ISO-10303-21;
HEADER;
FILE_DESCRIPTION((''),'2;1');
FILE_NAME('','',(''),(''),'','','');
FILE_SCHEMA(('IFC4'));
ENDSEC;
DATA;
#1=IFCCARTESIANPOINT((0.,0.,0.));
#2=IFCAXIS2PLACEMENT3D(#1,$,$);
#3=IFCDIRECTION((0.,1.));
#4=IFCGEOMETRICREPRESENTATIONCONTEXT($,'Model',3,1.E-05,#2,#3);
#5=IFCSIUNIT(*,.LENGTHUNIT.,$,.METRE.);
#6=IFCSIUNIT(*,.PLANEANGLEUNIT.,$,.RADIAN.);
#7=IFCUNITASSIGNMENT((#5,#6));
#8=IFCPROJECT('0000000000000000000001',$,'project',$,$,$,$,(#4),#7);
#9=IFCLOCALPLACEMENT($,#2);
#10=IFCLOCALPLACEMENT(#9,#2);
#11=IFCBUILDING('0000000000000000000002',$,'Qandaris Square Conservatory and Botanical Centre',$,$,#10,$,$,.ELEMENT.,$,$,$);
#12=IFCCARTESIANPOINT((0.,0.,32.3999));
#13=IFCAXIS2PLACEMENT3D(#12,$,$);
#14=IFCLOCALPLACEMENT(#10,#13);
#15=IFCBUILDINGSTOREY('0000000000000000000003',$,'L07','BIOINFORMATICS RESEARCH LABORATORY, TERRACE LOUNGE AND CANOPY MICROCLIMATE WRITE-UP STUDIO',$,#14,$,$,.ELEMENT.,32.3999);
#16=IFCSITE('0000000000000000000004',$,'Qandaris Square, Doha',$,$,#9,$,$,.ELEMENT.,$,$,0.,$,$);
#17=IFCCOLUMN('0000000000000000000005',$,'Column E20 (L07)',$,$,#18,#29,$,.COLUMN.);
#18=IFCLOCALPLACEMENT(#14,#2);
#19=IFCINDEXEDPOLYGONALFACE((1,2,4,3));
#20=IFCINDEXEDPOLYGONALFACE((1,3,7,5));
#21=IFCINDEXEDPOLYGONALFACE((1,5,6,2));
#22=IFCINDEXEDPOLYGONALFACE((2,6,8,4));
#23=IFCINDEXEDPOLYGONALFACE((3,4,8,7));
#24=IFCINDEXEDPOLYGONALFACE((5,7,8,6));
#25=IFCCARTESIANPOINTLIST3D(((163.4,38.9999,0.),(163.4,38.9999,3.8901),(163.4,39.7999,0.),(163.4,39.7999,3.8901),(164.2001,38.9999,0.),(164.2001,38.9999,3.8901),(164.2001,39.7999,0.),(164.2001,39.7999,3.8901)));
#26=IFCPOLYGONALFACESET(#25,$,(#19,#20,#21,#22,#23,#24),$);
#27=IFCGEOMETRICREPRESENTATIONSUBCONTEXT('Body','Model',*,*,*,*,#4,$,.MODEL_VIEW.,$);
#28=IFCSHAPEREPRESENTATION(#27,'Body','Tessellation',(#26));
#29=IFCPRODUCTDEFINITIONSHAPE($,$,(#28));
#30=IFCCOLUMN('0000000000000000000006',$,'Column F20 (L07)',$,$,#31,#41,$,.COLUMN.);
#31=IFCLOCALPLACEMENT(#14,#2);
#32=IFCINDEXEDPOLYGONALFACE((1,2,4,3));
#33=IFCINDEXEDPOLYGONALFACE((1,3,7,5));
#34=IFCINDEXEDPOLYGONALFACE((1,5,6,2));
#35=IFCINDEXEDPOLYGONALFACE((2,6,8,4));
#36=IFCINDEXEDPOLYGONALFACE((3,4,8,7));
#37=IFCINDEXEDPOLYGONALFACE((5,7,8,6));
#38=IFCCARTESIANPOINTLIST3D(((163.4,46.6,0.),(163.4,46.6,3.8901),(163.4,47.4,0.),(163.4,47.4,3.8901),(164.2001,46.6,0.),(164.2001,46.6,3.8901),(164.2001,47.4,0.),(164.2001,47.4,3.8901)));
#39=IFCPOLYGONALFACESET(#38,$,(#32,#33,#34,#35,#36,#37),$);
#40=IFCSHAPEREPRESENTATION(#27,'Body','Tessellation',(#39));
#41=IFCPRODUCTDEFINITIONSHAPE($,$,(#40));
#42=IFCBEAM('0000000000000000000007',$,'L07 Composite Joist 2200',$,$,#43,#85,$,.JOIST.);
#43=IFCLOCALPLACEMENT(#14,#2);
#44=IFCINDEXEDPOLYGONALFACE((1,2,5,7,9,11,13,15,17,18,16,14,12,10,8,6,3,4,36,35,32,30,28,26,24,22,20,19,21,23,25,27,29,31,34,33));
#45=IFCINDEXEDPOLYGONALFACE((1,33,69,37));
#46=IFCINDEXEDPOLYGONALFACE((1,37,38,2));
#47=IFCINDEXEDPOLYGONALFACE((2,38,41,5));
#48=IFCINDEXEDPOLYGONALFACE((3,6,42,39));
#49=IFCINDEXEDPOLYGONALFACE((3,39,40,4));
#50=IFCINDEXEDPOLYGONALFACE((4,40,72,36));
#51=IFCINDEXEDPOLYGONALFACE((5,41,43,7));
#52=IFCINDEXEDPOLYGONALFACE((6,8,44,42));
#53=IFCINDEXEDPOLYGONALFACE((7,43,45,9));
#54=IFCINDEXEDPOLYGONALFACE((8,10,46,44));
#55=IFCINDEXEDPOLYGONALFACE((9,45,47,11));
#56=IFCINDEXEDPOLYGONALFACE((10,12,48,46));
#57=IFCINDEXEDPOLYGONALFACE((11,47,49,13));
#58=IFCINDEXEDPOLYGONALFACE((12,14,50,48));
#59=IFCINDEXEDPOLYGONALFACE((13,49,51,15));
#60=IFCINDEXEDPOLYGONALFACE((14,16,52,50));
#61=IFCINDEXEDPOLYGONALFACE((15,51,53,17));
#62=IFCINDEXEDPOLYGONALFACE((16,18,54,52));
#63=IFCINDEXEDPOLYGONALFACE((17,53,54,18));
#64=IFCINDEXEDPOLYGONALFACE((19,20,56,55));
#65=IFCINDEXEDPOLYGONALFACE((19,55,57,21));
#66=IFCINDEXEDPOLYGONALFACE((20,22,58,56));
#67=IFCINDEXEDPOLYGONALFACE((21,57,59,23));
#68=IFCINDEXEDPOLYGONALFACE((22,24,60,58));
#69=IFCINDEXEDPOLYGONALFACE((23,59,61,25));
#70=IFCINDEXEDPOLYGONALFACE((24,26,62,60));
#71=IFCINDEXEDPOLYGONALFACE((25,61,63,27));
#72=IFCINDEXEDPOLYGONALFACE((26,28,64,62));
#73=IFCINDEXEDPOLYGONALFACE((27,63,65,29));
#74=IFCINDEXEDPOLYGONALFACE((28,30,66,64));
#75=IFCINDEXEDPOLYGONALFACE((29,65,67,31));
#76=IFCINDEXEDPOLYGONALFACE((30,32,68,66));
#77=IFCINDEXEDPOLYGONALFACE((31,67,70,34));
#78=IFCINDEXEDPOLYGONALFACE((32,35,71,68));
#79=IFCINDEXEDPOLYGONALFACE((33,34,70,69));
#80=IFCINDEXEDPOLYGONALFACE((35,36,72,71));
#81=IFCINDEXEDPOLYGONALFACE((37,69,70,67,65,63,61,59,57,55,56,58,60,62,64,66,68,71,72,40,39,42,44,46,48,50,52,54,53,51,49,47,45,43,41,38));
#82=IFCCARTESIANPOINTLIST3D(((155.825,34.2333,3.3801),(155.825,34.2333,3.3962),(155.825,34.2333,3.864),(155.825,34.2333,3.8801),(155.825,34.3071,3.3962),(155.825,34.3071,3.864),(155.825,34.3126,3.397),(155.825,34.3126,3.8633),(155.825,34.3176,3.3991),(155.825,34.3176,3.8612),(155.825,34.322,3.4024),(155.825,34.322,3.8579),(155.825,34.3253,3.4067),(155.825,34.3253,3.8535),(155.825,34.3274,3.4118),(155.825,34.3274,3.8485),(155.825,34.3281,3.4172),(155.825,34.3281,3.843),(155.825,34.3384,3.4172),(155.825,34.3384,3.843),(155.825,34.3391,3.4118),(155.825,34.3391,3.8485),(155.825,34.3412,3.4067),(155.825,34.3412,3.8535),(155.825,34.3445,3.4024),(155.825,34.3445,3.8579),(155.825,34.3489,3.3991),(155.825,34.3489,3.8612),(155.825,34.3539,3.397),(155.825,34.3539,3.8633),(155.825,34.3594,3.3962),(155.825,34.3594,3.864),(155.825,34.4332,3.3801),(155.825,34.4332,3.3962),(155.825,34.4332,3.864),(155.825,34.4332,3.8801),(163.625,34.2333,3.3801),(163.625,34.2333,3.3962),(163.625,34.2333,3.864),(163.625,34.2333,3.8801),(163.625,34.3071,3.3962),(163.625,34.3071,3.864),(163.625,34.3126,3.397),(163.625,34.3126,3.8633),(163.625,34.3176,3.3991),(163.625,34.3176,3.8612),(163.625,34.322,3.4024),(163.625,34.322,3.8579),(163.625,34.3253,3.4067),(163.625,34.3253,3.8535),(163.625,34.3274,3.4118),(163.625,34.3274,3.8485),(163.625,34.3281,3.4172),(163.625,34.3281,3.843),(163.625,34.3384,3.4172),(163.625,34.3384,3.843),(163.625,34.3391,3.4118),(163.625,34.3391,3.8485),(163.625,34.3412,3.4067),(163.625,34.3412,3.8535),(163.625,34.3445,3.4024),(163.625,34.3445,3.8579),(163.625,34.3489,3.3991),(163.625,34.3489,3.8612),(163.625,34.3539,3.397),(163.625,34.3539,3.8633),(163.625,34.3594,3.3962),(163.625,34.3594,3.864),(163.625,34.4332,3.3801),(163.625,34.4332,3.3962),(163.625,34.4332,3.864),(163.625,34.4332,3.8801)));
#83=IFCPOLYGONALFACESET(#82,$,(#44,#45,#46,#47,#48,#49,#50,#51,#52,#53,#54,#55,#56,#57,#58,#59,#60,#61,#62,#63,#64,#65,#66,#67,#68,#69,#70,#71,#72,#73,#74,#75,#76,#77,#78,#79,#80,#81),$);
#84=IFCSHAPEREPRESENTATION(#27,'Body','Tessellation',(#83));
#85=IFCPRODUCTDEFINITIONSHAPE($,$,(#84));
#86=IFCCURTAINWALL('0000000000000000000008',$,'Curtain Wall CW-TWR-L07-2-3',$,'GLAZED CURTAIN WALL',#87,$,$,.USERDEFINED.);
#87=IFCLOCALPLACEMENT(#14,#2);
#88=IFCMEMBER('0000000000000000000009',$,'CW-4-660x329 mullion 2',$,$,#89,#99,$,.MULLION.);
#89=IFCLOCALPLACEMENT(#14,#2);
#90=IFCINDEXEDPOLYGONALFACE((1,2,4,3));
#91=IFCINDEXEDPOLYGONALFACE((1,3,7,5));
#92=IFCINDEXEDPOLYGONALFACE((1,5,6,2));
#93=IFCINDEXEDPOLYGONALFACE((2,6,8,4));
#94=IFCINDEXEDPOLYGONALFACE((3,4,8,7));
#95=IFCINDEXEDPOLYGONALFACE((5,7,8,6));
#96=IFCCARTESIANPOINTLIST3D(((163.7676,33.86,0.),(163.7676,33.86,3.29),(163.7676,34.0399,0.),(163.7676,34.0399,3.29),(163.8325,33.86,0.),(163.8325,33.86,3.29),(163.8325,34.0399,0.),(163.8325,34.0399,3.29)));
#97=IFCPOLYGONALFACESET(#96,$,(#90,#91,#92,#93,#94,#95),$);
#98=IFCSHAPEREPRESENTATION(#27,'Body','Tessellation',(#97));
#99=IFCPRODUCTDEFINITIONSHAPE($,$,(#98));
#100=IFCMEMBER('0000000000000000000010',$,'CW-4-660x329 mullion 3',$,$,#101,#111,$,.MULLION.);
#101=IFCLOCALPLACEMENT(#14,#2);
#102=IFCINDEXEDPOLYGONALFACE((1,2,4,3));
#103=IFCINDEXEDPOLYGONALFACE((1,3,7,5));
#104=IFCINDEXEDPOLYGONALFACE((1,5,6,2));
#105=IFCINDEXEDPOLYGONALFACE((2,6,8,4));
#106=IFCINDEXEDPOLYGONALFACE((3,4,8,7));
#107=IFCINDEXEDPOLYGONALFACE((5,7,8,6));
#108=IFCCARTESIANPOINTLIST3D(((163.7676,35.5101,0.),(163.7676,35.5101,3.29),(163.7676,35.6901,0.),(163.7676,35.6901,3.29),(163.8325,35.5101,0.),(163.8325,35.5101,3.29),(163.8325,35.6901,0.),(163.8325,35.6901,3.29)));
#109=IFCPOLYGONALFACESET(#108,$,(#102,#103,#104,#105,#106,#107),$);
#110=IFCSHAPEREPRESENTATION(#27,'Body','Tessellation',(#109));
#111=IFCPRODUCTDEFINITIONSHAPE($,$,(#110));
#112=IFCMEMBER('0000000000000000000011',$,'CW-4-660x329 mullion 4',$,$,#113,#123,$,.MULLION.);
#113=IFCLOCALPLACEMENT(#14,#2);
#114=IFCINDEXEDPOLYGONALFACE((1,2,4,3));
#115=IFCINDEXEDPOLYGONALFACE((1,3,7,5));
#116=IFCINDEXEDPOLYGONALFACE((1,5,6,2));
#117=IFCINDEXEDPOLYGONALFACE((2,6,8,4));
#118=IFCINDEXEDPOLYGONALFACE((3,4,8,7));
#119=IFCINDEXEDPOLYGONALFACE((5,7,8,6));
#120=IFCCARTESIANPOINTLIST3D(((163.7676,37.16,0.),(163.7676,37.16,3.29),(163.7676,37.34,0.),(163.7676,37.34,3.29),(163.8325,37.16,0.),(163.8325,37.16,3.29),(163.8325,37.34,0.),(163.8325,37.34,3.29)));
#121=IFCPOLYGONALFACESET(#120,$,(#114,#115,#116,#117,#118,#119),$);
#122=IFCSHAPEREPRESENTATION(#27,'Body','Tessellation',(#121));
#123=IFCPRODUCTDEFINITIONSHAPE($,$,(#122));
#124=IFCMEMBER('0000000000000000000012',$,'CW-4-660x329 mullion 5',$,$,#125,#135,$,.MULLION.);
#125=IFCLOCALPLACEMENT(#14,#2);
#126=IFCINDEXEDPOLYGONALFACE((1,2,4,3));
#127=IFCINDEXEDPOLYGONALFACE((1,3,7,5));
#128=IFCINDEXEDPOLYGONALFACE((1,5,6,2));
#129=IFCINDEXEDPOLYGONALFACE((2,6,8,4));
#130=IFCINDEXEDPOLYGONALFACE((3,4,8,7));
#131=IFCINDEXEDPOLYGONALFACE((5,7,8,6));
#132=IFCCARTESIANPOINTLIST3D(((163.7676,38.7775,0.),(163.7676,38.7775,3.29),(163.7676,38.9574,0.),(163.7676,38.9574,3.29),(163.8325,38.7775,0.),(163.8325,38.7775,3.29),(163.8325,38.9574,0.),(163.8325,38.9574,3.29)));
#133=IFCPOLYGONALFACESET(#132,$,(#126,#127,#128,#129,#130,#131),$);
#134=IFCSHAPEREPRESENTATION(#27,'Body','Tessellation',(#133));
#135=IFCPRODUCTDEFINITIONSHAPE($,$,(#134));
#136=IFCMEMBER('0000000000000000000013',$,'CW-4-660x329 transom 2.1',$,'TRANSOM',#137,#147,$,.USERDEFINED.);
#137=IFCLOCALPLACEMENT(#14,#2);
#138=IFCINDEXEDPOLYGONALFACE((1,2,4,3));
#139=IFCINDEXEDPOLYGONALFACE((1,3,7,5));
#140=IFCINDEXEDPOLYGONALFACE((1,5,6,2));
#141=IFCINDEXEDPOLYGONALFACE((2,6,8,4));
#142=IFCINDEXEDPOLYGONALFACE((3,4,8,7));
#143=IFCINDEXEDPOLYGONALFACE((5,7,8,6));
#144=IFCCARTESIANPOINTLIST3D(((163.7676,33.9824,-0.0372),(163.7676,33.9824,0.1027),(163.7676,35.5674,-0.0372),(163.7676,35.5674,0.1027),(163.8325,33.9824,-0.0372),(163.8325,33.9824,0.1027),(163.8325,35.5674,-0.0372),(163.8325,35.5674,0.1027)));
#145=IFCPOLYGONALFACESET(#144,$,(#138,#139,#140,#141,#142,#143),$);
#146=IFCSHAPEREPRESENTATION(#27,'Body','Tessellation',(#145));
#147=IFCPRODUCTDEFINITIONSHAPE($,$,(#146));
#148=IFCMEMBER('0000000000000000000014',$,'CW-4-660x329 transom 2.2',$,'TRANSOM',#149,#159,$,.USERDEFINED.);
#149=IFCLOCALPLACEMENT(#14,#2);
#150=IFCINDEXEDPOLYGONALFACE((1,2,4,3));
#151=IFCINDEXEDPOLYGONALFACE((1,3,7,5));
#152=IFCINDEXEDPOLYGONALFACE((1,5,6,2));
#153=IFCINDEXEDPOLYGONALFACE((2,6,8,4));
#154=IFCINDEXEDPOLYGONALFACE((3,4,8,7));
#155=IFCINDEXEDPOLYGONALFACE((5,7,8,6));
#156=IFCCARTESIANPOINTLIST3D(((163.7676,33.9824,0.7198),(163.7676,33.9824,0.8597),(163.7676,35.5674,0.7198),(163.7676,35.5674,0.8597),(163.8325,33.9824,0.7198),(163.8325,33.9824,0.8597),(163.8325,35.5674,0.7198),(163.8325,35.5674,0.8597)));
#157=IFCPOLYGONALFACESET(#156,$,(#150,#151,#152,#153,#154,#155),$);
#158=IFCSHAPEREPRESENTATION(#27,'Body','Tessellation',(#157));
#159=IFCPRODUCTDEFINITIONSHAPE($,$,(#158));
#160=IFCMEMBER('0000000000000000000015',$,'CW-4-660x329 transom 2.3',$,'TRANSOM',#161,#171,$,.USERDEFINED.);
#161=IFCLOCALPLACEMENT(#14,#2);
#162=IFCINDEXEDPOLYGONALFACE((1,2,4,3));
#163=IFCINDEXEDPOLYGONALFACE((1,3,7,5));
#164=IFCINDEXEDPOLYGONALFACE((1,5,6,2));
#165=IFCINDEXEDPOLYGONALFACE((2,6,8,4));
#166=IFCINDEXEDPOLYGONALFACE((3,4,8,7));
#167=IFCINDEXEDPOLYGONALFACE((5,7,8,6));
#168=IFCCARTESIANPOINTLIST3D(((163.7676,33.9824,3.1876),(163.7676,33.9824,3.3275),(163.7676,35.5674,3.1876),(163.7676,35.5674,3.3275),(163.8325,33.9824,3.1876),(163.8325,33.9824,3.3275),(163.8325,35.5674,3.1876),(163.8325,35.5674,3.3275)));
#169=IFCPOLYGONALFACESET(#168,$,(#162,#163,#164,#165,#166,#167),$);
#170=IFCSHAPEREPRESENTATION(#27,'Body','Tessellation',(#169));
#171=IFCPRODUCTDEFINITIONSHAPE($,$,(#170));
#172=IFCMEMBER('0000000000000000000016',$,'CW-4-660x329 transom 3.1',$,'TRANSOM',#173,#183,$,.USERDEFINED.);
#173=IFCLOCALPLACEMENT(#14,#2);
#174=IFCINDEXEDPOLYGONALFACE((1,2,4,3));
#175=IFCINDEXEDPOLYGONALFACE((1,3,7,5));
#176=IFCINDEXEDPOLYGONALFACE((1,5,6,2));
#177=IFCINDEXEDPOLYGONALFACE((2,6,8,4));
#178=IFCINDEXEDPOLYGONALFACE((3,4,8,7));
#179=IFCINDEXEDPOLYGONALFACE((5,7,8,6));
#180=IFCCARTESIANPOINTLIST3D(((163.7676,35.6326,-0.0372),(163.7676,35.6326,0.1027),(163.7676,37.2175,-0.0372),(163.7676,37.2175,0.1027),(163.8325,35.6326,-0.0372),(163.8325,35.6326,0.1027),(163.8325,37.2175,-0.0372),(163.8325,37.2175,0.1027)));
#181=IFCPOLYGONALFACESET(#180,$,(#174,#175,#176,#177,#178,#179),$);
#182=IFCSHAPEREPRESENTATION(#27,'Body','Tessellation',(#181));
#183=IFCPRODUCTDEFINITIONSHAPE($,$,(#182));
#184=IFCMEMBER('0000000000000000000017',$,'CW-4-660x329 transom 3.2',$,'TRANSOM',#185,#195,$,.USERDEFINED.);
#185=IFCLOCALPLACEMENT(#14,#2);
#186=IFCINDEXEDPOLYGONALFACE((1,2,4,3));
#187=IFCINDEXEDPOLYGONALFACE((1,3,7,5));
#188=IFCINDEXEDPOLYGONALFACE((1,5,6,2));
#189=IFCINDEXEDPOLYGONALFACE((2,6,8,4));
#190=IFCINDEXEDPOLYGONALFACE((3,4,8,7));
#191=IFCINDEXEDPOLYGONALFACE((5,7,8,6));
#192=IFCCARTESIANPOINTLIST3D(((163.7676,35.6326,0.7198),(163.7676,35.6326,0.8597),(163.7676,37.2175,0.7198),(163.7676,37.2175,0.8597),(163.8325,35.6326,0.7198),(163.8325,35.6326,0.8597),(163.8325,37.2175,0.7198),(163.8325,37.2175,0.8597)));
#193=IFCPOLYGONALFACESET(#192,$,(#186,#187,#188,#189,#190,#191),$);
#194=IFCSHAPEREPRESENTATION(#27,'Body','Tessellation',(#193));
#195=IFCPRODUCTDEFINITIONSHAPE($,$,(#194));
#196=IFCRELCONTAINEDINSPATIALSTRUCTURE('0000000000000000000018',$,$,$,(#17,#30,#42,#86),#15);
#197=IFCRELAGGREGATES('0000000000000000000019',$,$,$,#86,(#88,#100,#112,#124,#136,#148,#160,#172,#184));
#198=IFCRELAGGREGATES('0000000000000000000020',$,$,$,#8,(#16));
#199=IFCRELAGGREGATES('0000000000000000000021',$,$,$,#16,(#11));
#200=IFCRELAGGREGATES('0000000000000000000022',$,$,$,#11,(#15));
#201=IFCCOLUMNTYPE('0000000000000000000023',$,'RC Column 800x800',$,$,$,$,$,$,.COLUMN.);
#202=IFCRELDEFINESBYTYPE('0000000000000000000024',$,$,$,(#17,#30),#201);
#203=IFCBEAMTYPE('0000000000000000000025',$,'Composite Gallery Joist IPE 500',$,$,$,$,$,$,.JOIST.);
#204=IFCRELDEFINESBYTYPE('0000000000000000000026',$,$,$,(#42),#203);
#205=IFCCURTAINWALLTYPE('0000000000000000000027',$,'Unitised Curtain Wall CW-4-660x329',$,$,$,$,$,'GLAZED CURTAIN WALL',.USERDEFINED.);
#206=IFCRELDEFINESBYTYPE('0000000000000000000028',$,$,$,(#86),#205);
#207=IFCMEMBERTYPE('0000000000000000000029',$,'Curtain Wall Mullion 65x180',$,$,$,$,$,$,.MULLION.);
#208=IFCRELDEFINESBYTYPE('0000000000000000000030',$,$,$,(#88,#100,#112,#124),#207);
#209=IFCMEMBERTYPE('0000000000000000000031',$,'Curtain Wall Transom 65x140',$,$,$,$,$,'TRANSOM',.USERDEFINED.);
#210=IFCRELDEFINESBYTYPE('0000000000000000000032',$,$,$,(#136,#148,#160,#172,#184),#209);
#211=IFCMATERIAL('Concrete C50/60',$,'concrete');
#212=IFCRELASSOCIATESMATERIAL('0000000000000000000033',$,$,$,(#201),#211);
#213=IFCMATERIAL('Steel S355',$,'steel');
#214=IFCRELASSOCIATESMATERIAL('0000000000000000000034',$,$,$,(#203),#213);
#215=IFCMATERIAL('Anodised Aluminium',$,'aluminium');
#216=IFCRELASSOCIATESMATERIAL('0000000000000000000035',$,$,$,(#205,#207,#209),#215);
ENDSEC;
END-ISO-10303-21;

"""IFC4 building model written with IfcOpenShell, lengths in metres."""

from ifc_helpers import new_model, si_unit, direction, frame, origin, origin_2d, place, context, subcontext, project, spatial, rectangle, i_section, extrude, material, material_profile, profile_set, type_object, element, aggregate, save


model = new_model("IFC4")

# Units and contexts
model_context = context("Model", 3, precision=1e-05, world=origin(), true_north=direction((0.0, 1.0)))
body_context = subcontext(model_context, "Body", "Model", "MODEL_VIEW")
ifc_project = project(units=[si_unit("LENGTHUNIT", "METRE"), si_unit("PLANEANGLEUNIT", "RADIAN")], contexts=[model_context])

# Site, building, storey
site_placement = place(None, origin())
site = spatial("IfcSite", under=ifc_project, at=site_placement, Name="Qandaris Square, Doha", CompositionType="ELEMENT", RefElevation=0.0)
building_placement = place(site_placement, origin())
building = spatial("IfcBuilding", under=site, at=building_placement, Name="Qandaris Square Conservatory and Botanical Centre", CompositionType="ELEMENT")
storey_placement = place(building_placement, frame((0.0, 0.0, 32.3999)))
storey = spatial("IfcBuildingStorey", under=building, at=storey_placement, Name="L07", Description="BIOINFORMATICS RESEARCH LABORATORY, TERRACE LOUNGE AND CANOPY MICROCLIMATE WRITE-UP STUDIO", CompositionType="ELEMENT", Elevation=32.3999)

# Columns
ifc_material_1 = material(Name="Concrete C50/60", Category="concrete")
ifc_material_profile_1 = material_profile(ifc_material_1, rectangle(XDim=0.8, YDim=0.8, at=origin_2d()), Name="RC-COL 800x800")
ifc_profile_set_1 = profile_set([ifc_material_profile_1], Name="Concrete C50/60")
column_type = type_object("IfcColumnType", Name="RC Column 800x800", PredefinedType="COLUMN", material=ifc_profile_set_1)
for number, where, z_axis, x_axis, name in (
    (1, (163.8, 39.3999, 0.0), (0.0, 0.0, 1.0), (1.0, 0.0, 0.0), "Column E20 (L07)"),
    (2, (163.8, 47.0, 0.0), (0.0, 0.0, 1.0), (1.0, 0.0, 0.0), "Column F20 (L07)"),
):
    element("IfcColumn", number, at=place(storey_placement, frame(where, z_axis=z_axis, x_axis=x_axis)), inside=storey, type_object=column_type, Name=name, PredefinedType="COLUMN", context=body_context, shape_type="SweptSolid", body=[
        extrude(rectangle(XDim=0.8, YDim=0.8, at=origin_2d()), origin(), (0.0, 0.0, 1.0), 3.8901),
    ])

# Beam
ifc_material_2 = material(Name="Steel S355", Category="steel")
ifc_material_profile_2 = material_profile(ifc_material_2, i_section(OverallWidth=0.2, OverallDepth=0.5, WebThickness=0.0103, FlangeThickness=0.0161, FilletRadius=0.021, at=origin_2d()), Name="IPE 500")
ifc_profile_set_2 = profile_set([ifc_material_profile_2], Name="Steel S355")
beam_type_1 = type_object("IfcBeamType", Name="Composite Gallery Joist IPE 500", PredefinedType="JOIST", material=ifc_profile_set_2)
beam_1_placement = place(storey_placement, frame((155.825, 34.3333, 3.6301), z_axis=(1.0, 0.0, 0.0), x_axis=(0.0, 1.0, 0.0)))
element("IfcBeam", 3, at=beam_1_placement, inside=storey, type_object=beam_type_1, Name="L07 Composite Joist 2200", PredefinedType="JOIST", context=body_context, shape_type="SweptSolid", body=[
    extrude(i_section(OverallWidth=0.2, OverallDepth=0.5, WebThickness=0.0103, FlangeThickness=0.0161, FilletRadius=0.021, at=origin_2d()), origin(), (0.0, 0.0, 1.0), 7.8),
])

# Curtain wall, members
ifc_material_3 = material(Name="Anodised Aluminium", Category="aluminium")
curtain_wall_type = type_object("IfcCurtainWallType", Name="Unitised Curtain Wall CW-4-660x329", ElementType="GLAZED CURTAIN WALL", PredefinedType="USERDEFINED", material=ifc_material_3)
curtain_wall_placement = place(storey_placement, origin())
curtain_wall = element("IfcCurtainWall", 4, at=curtain_wall_placement, inside=storey, type_object=curtain_wall_type, Name="Curtain Wall CW-TWR-L07-2-3", ObjectType="GLAZED CURTAIN WALL", PredefinedType="USERDEFINED")
ifc_material_profile_3 = material_profile(ifc_material_3, rectangle(XDim=0.0649, YDim=0.1799, at=origin_2d()), Name="ALU-MUL 65x180")
ifc_profile_set_3 = profile_set([ifc_material_profile_3], Name="Anodised Aluminium")
member_type_1 = type_object("IfcMemberType", Name="Curtain Wall Mullion 65x180", PredefinedType="MULLION", material=ifc_profile_set_3)
member_1_placement = place(storey_placement, frame((163.8, 33.95, 0.0), z_axis=(0.0, 0.0, 1.0), x_axis=(-1.0, 0.0, 0.0)))
member_1 = element("IfcMember", 5, at=member_1_placement, type_object=member_type_1, Name="CW-4-660x329 mullion 2", PredefinedType="MULLION", context=body_context, shape_type="SweptSolid", body=[
    extrude(rectangle(XDim=0.0649, YDim=0.1799, at=origin_2d()), origin(), (0.0, 0.0, 1.0), 3.29),
])
member_2_placement = place(storey_placement, frame((163.8, 35.6001, 0.0), z_axis=(0.0, 0.0, 1.0), x_axis=(-1.0, 0.0, 0.0)))
member_2 = element("IfcMember", 6, at=member_2_placement, type_object=member_type_1, Name="CW-4-660x329 mullion 3", PredefinedType="MULLION", context=body_context, shape_type="SweptSolid", body=[
    extrude(rectangle(XDim=0.0649, YDim=0.1799, at=origin_2d()), origin(), (0.0, 0.0, 1.0), 3.29),
])
member_3_placement = place(storey_placement, frame((163.8, 37.25, 0.0), z_axis=(0.0, 0.0, 1.0), x_axis=(-1.0, 0.0, 0.0)))
member_3 = element("IfcMember", 7, at=member_3_placement, type_object=member_type_1, Name="CW-4-660x329 mullion 4", PredefinedType="MULLION", context=body_context, shape_type="SweptSolid", body=[
    extrude(rectangle(XDim=0.0649, YDim=0.1799, at=origin_2d()), origin(), (0.0, 0.0, 1.0), 3.29),
])
member_4_placement = place(storey_placement, frame((163.8, 38.8674, 0.0), z_axis=(0.0, 0.0, 1.0), x_axis=(-1.0, 0.0, 0.0)))
member_4 = element("IfcMember", 8, at=member_4_placement, type_object=member_type_1, Name="CW-4-660x329 mullion 5", PredefinedType="MULLION", context=body_context, shape_type="SweptSolid", body=[
    extrude(rectangle(XDim=0.0649, YDim=0.1799, at=origin_2d()), origin(), (0.0, 0.0, 1.0), 3.29),
])
ifc_material_profile_4 = material_profile(ifc_material_3, rectangle(XDim=0.0649, YDim=0.1399, at=origin_2d()), Name="ALU-TRN 65x140")
ifc_profile_set_4 = profile_set([ifc_material_profile_4], Name="Anodised Aluminium")
member_type_2 = type_object("IfcMemberType", Name="Curtain Wall Transom 65x140", ElementType="TRANSOM", PredefinedType="USERDEFINED", material=ifc_profile_set_4)
member_5_placement = place(storey_placement, frame((163.8, 33.9824, 0.0327), z_axis=(0.0, 1.0, 0.0), x_axis=(-1.0, 0.0, 0.0)))
member_5 = element("IfcMember", 9, at=member_5_placement, type_object=member_type_2, Name="CW-4-660x329 transom 2.1", ObjectType="TRANSOM", PredefinedType="USERDEFINED", context=body_context, shape_type="SweptSolid", body=[
    extrude(rectangle(XDim=0.0649, YDim=0.1399, at=origin_2d()), origin(), (0.0, 0.0, 1.0), 1.585),
])
member_6_placement = place(storey_placement, frame((163.8, 33.9824, 0.7898), z_axis=(0.0, 1.0, 0.0), x_axis=(-1.0, 0.0, 0.0)))
member_6 = element("IfcMember", 10, at=member_6_placement, type_object=member_type_2, Name="CW-4-660x329 transom 2.2", ObjectType="TRANSOM", PredefinedType="USERDEFINED", context=body_context, shape_type="SweptSolid", body=[
    extrude(rectangle(XDim=0.0649, YDim=0.1399, at=origin_2d()), origin(), (0.0, 0.0, 1.0), 1.585),
])
member_7_placement = place(storey_placement, frame((163.8, 33.9824, 3.2576), z_axis=(0.0, 1.0, 0.0), x_axis=(-1.0, 0.0, 0.0)))
member_7 = element("IfcMember", 11, at=member_7_placement, type_object=member_type_2, Name="CW-4-660x329 transom 2.3", ObjectType="TRANSOM", PredefinedType="USERDEFINED", context=body_context, shape_type="SweptSolid", body=[
    extrude(rectangle(XDim=0.0649, YDim=0.1399, at=origin_2d()), origin(), (0.0, 0.0, 1.0), 1.585),
])
member_8_placement = place(storey_placement, frame((163.8, 35.6326, 0.0327), z_axis=(0.0, 1.0, 0.0), x_axis=(-1.0, 0.0, 0.0)))
member_8 = element("IfcMember", 12, at=member_8_placement, type_object=member_type_2, Name="CW-4-660x329 transom 3.1", ObjectType="TRANSOM", PredefinedType="USERDEFINED", context=body_context, shape_type="SweptSolid", body=[
    extrude(rectangle(XDim=0.0649, YDim=0.1399, at=origin_2d()), origin(), (0.0, 0.0, 1.0), 1.585),
])
member_9_placement = place(storey_placement, frame((163.8, 35.6326, 0.7898), z_axis=(0.0, 1.0, 0.0), x_axis=(-1.0, 0.0, 0.0)))
member_9 = element("IfcMember", 13, at=member_9_placement, type_object=member_type_2, Name="CW-4-660x329 transom 3.2", ObjectType="TRANSOM", PredefinedType="USERDEFINED", context=body_context, shape_type="SweptSolid", body=[
    extrude(rectangle(XDim=0.0649, YDim=0.1399, at=origin_2d()), origin(), (0.0, 0.0, 1.0), 1.585),
])

aggregate(curtain_wall, [member_1, member_2, member_3, member_4, member_5, member_6, member_7, member_8, member_9])

save(model, "model.ifc")
